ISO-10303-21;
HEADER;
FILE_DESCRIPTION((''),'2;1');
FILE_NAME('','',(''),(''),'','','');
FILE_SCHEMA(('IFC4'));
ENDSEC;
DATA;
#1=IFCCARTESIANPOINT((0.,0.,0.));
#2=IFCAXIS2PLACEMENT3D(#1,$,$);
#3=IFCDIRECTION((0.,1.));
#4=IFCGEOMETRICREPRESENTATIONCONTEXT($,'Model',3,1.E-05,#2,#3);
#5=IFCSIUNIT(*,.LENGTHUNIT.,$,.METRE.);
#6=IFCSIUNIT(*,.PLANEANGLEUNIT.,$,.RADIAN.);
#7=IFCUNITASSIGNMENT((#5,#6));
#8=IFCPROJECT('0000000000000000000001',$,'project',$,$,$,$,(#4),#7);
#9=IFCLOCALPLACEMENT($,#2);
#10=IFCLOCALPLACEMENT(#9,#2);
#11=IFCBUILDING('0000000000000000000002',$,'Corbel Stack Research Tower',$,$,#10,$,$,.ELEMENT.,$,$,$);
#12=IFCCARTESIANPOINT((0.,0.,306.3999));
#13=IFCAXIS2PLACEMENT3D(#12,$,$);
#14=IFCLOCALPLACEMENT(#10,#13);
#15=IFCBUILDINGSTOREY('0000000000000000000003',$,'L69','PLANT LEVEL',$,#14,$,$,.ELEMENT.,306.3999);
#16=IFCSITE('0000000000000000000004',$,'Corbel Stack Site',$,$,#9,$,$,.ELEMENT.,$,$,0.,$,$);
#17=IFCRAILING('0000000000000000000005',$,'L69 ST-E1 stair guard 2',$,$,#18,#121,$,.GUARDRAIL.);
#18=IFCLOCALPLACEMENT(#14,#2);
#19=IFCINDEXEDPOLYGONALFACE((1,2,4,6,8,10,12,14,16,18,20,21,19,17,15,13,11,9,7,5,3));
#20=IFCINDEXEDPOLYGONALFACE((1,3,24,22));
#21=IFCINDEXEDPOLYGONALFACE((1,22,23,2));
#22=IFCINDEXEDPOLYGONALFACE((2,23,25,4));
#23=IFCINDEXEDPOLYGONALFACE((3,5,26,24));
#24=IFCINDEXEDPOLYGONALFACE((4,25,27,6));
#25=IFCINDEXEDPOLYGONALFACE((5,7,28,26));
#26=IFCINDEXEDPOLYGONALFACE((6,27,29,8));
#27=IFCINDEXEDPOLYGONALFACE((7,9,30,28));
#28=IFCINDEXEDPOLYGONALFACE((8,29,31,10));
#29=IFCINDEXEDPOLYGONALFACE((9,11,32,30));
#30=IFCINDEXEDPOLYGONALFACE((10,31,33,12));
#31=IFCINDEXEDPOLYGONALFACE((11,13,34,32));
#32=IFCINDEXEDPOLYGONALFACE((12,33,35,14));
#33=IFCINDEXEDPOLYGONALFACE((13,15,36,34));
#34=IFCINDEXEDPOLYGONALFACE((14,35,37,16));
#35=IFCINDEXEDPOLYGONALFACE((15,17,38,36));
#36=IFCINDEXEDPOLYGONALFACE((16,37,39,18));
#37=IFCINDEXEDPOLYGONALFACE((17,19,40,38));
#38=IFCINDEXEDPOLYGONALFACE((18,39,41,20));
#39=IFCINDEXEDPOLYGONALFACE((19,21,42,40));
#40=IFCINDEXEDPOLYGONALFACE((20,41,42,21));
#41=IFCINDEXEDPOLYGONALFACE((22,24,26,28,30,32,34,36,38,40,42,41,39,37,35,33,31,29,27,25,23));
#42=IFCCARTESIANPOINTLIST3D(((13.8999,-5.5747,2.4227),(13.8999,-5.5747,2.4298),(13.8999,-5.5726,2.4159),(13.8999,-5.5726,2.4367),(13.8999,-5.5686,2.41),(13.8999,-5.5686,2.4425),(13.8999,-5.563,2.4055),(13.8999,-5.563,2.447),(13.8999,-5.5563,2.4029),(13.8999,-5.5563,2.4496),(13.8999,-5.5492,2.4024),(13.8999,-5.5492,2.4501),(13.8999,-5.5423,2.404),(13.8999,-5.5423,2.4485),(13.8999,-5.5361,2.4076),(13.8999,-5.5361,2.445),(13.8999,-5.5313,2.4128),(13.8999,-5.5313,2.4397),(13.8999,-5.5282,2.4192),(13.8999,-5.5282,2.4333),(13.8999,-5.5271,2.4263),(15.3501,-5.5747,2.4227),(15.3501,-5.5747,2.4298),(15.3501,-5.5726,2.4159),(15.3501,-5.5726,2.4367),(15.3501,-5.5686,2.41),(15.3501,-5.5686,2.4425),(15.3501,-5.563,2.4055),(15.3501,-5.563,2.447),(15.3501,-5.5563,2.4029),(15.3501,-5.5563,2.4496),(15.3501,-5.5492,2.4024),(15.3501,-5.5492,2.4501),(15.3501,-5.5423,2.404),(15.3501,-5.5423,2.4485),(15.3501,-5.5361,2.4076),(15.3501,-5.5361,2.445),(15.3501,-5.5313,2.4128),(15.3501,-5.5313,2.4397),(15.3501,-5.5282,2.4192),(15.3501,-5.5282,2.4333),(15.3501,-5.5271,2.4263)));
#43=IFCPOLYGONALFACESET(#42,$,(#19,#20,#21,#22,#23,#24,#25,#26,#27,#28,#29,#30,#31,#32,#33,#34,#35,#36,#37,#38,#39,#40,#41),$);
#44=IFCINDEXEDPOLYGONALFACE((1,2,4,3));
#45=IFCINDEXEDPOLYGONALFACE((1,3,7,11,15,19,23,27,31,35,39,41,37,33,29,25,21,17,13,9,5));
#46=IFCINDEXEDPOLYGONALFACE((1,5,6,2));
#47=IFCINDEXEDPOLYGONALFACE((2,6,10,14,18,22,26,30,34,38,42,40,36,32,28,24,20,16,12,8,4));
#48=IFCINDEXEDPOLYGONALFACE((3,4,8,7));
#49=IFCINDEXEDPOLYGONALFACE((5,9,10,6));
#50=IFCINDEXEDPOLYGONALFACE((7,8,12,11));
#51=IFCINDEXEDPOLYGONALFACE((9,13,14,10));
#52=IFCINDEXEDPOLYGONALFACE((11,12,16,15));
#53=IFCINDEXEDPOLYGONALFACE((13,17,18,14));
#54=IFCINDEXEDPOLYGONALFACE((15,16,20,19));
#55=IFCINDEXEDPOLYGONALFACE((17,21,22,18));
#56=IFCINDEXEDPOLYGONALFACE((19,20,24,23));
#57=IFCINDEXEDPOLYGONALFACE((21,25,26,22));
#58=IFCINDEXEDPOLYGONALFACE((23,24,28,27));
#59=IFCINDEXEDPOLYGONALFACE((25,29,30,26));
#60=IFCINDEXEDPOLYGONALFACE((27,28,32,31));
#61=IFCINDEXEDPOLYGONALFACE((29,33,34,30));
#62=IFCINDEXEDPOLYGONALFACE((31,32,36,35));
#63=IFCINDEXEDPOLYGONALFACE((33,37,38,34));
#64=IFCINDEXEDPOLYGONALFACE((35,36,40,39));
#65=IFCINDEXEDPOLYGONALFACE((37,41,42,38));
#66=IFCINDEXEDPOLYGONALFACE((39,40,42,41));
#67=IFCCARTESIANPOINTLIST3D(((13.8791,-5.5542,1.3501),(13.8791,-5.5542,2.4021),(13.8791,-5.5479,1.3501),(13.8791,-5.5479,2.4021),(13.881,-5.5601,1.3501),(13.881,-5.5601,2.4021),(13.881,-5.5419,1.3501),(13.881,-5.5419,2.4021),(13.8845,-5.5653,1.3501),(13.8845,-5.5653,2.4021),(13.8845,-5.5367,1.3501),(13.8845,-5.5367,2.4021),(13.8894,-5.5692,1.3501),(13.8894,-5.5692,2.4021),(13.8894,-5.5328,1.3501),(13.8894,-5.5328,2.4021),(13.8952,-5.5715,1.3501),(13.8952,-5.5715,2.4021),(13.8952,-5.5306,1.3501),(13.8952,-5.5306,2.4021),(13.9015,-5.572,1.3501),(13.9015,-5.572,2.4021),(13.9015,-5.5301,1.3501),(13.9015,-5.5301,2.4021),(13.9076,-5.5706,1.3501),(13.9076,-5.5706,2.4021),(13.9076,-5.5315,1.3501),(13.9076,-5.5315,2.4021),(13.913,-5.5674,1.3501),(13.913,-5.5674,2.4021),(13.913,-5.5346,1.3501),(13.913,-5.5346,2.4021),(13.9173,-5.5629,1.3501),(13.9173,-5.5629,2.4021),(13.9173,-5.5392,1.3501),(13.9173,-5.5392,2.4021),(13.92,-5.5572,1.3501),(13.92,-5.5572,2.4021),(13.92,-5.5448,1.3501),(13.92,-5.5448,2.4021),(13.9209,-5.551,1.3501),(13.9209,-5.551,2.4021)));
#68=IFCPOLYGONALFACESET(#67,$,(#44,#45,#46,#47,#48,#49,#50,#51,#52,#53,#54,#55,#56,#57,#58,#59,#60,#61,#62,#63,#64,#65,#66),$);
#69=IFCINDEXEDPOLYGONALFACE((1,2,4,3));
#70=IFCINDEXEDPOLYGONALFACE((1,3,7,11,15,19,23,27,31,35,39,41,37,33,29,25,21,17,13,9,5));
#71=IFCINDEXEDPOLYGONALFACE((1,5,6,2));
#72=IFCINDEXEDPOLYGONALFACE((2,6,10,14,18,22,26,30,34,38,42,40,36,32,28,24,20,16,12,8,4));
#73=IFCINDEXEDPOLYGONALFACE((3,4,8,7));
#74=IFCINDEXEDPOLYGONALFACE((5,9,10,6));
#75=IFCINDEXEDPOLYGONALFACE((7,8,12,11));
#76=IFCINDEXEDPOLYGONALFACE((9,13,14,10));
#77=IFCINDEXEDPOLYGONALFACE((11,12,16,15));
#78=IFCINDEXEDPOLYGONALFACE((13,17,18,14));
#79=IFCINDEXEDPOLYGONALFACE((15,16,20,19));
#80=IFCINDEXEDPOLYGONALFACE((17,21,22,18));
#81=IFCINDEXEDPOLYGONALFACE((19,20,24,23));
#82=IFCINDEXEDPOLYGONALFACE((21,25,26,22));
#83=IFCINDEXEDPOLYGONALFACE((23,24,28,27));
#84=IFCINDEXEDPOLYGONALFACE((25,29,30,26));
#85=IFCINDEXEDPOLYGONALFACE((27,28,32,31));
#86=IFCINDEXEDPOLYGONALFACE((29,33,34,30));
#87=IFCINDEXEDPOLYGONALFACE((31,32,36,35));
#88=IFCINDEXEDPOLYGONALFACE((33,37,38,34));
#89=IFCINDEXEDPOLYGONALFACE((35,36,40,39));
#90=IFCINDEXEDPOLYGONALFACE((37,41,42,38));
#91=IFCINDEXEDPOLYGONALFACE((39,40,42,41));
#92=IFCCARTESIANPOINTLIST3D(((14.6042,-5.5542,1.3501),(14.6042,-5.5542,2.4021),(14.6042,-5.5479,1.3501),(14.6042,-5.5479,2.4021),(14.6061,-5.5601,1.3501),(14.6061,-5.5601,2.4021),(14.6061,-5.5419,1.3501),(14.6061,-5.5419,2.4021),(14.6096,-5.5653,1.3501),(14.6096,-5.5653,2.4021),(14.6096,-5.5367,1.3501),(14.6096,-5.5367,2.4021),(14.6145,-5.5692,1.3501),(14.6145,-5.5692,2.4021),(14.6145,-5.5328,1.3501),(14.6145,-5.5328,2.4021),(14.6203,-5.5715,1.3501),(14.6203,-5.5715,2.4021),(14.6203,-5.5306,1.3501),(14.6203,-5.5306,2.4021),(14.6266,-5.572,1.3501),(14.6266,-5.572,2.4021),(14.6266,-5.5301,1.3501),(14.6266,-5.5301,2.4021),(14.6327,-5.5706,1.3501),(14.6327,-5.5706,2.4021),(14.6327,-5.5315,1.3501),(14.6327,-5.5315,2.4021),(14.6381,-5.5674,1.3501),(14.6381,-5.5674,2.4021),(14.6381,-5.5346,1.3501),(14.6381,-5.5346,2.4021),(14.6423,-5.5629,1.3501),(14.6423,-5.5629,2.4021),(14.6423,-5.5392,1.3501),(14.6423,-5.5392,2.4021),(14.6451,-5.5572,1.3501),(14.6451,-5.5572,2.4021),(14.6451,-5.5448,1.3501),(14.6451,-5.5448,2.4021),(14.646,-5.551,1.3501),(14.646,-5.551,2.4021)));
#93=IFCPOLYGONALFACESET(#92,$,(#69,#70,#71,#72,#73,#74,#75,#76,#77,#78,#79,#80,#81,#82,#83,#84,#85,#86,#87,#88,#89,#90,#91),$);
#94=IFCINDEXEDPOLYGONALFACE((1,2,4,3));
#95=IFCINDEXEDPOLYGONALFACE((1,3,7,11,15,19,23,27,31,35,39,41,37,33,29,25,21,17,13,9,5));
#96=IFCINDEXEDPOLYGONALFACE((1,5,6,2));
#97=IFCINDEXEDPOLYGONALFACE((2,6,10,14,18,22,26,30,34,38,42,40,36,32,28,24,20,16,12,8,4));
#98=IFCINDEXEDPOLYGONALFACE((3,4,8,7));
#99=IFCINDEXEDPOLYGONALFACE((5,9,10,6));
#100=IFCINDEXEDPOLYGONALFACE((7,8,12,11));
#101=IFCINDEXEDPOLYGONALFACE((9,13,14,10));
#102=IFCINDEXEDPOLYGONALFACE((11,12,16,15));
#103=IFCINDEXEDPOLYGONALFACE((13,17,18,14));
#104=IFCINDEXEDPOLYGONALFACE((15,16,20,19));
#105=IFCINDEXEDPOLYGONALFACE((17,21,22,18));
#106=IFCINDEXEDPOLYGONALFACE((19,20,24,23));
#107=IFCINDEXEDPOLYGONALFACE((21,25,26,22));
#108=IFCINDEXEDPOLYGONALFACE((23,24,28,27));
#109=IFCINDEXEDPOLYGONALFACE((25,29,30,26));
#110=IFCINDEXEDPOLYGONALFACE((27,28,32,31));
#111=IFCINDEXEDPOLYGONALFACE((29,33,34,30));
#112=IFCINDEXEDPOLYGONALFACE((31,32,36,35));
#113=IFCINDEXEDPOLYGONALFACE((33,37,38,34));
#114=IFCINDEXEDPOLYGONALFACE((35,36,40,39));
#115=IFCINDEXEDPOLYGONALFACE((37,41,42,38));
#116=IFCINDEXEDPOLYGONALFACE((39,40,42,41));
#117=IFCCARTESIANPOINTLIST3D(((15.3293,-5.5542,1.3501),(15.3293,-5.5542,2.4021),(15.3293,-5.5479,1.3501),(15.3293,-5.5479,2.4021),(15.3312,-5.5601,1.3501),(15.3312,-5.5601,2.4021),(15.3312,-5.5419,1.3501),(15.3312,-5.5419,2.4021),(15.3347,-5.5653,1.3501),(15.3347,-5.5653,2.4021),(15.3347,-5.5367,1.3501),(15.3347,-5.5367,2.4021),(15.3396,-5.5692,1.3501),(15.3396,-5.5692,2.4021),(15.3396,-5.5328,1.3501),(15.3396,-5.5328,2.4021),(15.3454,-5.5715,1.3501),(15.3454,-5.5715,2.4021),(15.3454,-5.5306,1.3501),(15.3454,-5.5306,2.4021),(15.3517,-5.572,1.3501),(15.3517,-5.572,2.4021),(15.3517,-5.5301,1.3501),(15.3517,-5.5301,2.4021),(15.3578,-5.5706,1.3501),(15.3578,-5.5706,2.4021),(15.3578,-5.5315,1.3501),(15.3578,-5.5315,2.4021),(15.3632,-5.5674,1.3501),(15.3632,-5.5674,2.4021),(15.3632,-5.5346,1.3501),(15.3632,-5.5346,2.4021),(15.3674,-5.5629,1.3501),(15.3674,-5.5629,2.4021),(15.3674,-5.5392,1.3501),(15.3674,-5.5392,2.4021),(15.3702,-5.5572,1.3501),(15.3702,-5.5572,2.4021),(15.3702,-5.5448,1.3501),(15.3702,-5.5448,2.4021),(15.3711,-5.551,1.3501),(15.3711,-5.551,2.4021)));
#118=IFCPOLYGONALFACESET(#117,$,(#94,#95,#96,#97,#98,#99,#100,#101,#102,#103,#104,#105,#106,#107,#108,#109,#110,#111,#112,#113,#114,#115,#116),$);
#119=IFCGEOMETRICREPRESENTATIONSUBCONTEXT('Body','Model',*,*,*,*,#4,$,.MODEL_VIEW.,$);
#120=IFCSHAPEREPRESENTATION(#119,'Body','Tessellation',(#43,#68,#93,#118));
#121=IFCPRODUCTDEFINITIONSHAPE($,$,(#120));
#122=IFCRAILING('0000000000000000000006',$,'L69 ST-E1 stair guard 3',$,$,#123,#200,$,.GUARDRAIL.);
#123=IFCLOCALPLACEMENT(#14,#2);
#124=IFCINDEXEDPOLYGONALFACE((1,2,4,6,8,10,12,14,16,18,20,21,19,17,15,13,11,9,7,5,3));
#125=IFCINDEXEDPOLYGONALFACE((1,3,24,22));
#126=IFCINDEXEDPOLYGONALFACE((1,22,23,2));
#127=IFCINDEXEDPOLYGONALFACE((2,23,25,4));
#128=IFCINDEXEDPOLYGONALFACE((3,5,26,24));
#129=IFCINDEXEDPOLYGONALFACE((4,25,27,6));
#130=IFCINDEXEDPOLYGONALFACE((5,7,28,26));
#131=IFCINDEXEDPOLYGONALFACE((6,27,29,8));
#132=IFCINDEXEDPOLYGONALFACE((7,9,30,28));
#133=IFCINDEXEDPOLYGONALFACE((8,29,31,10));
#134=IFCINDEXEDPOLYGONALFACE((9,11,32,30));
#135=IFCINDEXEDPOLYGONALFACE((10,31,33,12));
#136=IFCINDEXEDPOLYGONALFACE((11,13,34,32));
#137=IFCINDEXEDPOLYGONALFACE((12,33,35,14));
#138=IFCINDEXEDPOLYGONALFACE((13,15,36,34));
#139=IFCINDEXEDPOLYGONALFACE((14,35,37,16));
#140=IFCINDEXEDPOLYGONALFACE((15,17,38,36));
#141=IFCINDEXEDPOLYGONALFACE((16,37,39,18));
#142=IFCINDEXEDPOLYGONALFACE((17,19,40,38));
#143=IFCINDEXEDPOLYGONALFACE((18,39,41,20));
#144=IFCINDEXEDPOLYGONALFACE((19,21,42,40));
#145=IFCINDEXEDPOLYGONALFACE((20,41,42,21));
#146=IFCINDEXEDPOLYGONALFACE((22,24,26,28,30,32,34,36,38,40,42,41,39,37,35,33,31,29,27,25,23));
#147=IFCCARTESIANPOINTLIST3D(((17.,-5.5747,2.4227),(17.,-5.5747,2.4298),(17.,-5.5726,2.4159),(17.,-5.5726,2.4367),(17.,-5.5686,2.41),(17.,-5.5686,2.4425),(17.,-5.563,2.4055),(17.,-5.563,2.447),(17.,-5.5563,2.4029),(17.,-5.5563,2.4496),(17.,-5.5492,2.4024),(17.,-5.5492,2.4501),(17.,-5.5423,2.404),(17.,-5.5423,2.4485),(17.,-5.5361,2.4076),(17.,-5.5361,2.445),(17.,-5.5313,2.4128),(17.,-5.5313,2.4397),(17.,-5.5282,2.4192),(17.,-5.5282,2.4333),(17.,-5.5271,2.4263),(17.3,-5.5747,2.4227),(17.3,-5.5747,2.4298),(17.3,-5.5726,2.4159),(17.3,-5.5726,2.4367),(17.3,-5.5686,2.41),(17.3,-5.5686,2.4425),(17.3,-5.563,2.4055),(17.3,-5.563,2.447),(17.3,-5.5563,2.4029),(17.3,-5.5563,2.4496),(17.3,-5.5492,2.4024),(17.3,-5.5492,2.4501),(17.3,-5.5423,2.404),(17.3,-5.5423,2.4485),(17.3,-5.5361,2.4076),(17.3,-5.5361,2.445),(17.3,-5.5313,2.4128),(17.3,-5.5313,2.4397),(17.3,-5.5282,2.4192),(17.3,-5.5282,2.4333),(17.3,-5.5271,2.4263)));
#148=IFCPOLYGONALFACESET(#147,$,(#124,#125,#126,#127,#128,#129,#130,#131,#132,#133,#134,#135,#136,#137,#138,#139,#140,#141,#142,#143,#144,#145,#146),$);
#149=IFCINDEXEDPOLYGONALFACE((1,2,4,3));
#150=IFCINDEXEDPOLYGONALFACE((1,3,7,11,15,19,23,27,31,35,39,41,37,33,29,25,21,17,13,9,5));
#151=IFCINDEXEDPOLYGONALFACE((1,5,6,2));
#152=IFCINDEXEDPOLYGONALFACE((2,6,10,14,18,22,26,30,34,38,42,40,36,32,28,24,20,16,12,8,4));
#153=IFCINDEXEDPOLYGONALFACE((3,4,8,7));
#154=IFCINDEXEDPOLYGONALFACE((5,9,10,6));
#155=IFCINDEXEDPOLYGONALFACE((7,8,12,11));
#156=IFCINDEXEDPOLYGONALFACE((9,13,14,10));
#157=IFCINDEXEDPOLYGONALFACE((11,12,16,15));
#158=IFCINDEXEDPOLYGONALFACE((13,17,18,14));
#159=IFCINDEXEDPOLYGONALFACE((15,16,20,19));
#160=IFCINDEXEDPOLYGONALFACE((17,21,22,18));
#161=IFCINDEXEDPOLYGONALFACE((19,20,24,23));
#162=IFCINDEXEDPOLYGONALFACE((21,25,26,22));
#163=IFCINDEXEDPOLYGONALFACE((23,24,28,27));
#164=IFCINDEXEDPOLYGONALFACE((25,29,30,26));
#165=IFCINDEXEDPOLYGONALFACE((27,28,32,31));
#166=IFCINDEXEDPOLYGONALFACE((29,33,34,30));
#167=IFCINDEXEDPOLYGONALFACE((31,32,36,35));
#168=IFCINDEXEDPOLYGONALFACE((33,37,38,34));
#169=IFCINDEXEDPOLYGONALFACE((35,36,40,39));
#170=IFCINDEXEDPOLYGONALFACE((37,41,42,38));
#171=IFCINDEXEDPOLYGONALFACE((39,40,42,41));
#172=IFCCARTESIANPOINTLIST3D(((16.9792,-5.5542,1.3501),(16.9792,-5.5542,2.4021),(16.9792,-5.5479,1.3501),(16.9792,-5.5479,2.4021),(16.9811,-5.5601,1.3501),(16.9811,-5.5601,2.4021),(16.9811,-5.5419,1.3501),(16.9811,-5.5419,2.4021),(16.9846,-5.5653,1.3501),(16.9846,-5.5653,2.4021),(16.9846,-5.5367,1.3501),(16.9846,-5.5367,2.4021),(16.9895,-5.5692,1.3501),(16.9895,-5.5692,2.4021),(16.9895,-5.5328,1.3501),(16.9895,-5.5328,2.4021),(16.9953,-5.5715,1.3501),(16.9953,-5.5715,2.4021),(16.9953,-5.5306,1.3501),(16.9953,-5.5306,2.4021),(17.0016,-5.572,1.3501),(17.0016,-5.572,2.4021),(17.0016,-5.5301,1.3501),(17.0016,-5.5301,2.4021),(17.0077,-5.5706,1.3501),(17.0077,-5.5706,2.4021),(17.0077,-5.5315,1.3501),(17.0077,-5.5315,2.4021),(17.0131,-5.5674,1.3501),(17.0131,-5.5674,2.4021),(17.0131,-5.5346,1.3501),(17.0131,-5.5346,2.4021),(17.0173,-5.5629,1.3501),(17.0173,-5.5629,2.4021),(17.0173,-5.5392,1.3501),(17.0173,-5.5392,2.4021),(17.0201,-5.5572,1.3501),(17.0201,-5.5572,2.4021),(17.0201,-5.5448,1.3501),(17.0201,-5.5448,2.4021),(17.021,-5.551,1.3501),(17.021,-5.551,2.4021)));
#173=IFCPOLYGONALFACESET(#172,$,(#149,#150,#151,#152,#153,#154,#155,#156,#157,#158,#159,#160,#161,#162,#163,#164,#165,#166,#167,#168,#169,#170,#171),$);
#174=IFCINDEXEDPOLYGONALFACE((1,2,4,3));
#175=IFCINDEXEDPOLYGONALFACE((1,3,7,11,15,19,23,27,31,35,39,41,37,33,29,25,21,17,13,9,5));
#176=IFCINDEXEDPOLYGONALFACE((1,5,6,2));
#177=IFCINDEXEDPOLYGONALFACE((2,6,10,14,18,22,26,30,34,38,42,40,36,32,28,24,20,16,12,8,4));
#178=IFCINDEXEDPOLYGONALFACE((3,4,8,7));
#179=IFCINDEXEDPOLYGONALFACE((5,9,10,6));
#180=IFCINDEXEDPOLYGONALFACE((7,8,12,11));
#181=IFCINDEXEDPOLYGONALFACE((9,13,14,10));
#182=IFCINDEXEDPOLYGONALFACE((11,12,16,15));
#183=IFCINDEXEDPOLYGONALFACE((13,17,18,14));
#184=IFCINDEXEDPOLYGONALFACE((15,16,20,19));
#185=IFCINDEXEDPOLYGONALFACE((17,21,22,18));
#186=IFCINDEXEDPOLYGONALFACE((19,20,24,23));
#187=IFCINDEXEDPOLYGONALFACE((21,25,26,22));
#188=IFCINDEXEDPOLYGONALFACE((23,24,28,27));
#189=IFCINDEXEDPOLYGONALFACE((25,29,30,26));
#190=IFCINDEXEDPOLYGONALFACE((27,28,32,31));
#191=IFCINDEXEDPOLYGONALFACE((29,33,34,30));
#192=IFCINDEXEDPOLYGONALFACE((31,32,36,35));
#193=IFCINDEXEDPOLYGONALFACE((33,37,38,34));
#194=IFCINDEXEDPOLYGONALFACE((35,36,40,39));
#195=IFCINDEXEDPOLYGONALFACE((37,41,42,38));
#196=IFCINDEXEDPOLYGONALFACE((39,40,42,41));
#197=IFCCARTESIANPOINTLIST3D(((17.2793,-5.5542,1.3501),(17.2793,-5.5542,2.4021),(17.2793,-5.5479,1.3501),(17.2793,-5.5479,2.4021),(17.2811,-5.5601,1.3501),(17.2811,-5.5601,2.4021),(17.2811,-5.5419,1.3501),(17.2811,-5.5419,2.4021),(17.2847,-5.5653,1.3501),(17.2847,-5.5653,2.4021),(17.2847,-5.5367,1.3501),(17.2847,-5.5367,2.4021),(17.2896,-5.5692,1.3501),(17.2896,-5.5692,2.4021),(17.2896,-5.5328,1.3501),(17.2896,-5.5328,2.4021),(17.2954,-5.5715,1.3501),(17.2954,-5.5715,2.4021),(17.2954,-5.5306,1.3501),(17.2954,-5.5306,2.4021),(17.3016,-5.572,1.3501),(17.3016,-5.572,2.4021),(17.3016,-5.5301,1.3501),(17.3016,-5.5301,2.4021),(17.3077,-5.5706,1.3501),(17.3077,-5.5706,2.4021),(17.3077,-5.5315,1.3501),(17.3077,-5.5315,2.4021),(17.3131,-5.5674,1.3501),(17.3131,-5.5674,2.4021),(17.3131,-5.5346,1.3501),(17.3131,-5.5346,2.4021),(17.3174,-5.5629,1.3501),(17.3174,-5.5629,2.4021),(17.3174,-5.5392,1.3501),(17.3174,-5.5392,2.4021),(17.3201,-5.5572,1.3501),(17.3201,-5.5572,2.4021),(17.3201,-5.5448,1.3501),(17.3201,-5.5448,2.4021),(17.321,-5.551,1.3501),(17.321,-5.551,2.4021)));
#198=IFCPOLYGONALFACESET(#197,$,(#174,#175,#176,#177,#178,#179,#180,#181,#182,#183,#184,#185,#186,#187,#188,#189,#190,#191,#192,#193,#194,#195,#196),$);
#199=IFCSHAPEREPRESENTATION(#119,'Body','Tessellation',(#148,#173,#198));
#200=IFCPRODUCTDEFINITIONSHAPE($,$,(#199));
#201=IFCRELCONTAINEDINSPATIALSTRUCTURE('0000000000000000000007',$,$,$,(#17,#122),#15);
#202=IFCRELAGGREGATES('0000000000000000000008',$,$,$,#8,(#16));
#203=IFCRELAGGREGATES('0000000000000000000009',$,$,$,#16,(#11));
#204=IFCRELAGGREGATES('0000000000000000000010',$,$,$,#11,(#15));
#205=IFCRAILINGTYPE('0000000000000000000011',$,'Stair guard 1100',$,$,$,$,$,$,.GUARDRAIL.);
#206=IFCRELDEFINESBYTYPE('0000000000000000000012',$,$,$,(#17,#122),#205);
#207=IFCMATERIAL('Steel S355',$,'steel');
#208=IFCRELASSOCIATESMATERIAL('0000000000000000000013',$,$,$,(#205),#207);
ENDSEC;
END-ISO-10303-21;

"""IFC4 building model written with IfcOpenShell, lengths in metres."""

from ifc_helpers import new_model, si_unit, direction, frame, origin, origin_2d, place, context, subcontext, project, spatial, circle, extrude, material, type_object, element, save


model = new_model("IFC4")

# Units and contexts
model_context = context("Model", 3, precision=1e-05, world=origin(), true_north=direction((0.0, 1.0)))
body_context = subcontext(model_context, "Body", "Model", "MODEL_VIEW")
ifc_project = project(units=[si_unit("LENGTHUNIT", "METRE"), si_unit("PLANEANGLEUNIT", "RADIAN")], contexts=[model_context])

# Site, building, storey
site_placement = place(None, origin())
site = spatial("IfcSite", under=ifc_project, at=site_placement, Name="Corbel Stack Site", CompositionType="ELEMENT", RefElevation=0.0)
building_placement = place(site_placement, origin())
building = spatial("IfcBuilding", under=site, at=building_placement, Name="Corbel Stack Research Tower", CompositionType="ELEMENT")
storey_placement = place(building_placement, frame((0.0, 0.0, 306.3999)))
storey = spatial("IfcBuildingStorey", under=building, at=storey_placement, Name="L69", Description="PLANT LEVEL", CompositionType="ELEMENT", Elevation=306.3999)

# Railings
ifc_material_1 = material(Name="Steel S355", Category="steel")
railing_type = type_object("IfcRailingType", Name="Stair guard 1100", PredefinedType="GUARDRAIL", material=ifc_material_1)
railing_1_placement = place(storey_placement, frame((13.8999, -5.551, 1.3501)))
element("IfcRailing", 1, at=railing_1_placement, inside=storey, type_object=railing_type, Name="L69 ST-E1 stair guard 2", PredefinedType="GUARDRAIL", context=body_context, shape_type="SweptSolid", body=[
    extrude(circle(Radius=0.0239, at=origin_2d()), frame((0.0, 0.0, 1.0762), z_axis=(1.0, 0.0, 0.0), x_axis=(0.0, 1.0, 0.0)), (0.0, 0.0, 1.0), 1.4502),
    extrude(circle(Radius=0.021, at=origin_2d()), origin(), (0.0, 0.0, 1.0), 1.052),
    extrude(circle(Radius=0.021, at=origin_2d()), frame((0.7251, 0.0, 0.0)), (0.0, 0.0, 1.0), 1.052),
    extrude(circle(Radius=0.021, at=origin_2d()), frame((1.4502, 0.0, 0.0)), (0.0, 0.0, 1.0), 1.052),
])
railing_2_placement = place(storey_placement, frame((17.0, -5.551, 1.3501)))
element("IfcRailing", 2, at=railing_2_placement, inside=storey, type_object=railing_type, Name="L69 ST-E1 stair guard 3", PredefinedType="GUARDRAIL", context=body_context, shape_type="SweptSolid", body=[
    extrude(circle(Radius=0.0239, at=origin_2d()), frame((0.0, 0.0, 1.0762), z_axis=(1.0, 0.0, 0.0), x_axis=(0.0, 1.0, 0.0)), (0.0, 0.0, 1.0), 0.3),
    extrude(circle(Radius=0.021, at=origin_2d()), origin(), (0.0, 0.0, 1.0), 1.052),
    extrude(circle(Radius=0.021, at=origin_2d()), frame((0.3, 0.0, 0.0)), (0.0, 0.0, 1.0), 1.052),
])

save(model, "model.ifc")
